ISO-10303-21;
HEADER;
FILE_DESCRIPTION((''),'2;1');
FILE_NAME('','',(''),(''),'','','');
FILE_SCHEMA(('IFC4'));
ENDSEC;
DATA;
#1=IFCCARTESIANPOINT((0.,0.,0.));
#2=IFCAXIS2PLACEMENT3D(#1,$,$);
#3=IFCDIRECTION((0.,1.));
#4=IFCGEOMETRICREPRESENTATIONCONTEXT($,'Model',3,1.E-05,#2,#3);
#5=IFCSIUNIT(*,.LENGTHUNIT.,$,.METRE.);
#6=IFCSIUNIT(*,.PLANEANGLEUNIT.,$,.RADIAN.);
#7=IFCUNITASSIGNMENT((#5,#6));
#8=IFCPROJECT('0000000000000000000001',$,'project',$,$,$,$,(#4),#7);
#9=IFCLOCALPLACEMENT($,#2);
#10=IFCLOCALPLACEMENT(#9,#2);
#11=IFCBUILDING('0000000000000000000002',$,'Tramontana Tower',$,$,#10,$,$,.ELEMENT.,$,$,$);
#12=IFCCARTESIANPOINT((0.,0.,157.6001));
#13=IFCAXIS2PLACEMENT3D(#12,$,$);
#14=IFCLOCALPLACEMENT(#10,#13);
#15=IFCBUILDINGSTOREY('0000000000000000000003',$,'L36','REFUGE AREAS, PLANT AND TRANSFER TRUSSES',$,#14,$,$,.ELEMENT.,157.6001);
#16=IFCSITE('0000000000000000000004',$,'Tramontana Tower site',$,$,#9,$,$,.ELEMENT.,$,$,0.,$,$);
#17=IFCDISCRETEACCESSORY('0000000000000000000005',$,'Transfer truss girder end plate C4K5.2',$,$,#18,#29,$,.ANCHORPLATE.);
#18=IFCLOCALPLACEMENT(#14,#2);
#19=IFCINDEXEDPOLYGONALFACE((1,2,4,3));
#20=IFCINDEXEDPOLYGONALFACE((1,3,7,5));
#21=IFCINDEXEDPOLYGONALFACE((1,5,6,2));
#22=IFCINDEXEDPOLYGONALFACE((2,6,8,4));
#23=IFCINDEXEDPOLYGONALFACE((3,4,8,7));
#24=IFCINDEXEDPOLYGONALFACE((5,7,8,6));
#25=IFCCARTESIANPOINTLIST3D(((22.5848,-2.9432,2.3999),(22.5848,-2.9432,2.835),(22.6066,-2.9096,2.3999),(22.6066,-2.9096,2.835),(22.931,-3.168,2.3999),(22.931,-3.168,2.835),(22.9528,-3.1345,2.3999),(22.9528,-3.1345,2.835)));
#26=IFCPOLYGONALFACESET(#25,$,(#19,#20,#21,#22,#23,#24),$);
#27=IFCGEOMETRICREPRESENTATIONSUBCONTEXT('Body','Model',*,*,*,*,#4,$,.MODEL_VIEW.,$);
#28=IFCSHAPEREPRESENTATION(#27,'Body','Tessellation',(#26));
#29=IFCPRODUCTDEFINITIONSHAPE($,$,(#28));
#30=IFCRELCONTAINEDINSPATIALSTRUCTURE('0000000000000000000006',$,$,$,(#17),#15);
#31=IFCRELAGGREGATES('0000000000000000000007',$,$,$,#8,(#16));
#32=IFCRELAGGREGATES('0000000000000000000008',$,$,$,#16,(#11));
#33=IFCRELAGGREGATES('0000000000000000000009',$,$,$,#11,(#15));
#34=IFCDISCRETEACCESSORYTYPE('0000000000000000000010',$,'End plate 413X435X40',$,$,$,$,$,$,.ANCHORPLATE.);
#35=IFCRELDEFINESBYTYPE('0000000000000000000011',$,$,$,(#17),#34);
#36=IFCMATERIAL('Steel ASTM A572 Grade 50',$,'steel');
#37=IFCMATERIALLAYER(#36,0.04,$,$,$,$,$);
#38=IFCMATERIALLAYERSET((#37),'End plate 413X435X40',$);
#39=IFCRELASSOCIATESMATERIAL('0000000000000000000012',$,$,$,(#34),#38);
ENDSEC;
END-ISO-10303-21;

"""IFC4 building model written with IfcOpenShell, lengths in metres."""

from ifc_helpers import new_model, si_unit, direction, frame, origin, origin_2d, place, context, subcontext, project, spatial, rectangle, extrude, material, layer, layer_set, type_object, element, save


model = new_model("IFC4")

# Units and contexts
model_context = context("Model", 3, precision=1e-05, world=origin(), true_north=direction((0.0, 1.0)))
body_context = subcontext(model_context, "Body", "Model", "MODEL_VIEW")
ifc_project = project(units=[si_unit("LENGTHUNIT", "METRE"), si_unit("PLANEANGLEUNIT", "RADIAN")], contexts=[model_context])

# Site, building, storey
site_placement = place(None, origin())
site = spatial("IfcSite", under=ifc_project, at=site_placement, Name="Tramontana Tower site", CompositionType="ELEMENT", RefElevation=0.0)
building_placement = place(site_placement, origin())
building = spatial("IfcBuilding", under=site, at=building_placement, Name="Tramontana Tower", CompositionType="ELEMENT")
storey_placement = place(building_placement, frame((0.0, 0.0, 157.6001)))
storey = spatial("IfcBuildingStorey", under=building, at=storey_placement, Name="L36", Description="REFUGE AREAS, PLANT AND TRANSFER TRUSSES", CompositionType="ELEMENT", Elevation=157.6001)

# Discrete accessory
ifc_material_1 = material(Name="Steel ASTM A572 Grade 50", Category="steel")
ifc_layer_1 = layer(ifc_material_1, 0.04)
ifc_layer_set_1 = layer_set([ifc_layer_1], Name="End plate 413X435X40")
discrete_accessory_type_1 = type_object("IfcDiscreteAccessoryType", Name="End plate 413X435X40", PredefinedType="ANCHORPLATE", material=ifc_layer_set_1)
discrete_accessory_1_placement = place(storey_placement, frame((22.7688, -3.0388, 2.3999), z_axis=(0.0, 0.0, 1.0), x_axis=(-0.838671, 0.544639, 0.0)))
element("IfcDiscreteAccessory", 1, at=discrete_accessory_1_placement, inside=storey, type_object=discrete_accessory_type_1, Name="Transfer truss girder end plate C4K5.2", PredefinedType="ANCHORPLATE", context=body_context, shape_type="SweptSolid", body=[
    extrude(rectangle(XDim=0.4128, YDim=0.04, at=origin_2d()), origin(), (0.0, 0.0, 1.0), 0.4351),
])

save(model, "model.ifc")
